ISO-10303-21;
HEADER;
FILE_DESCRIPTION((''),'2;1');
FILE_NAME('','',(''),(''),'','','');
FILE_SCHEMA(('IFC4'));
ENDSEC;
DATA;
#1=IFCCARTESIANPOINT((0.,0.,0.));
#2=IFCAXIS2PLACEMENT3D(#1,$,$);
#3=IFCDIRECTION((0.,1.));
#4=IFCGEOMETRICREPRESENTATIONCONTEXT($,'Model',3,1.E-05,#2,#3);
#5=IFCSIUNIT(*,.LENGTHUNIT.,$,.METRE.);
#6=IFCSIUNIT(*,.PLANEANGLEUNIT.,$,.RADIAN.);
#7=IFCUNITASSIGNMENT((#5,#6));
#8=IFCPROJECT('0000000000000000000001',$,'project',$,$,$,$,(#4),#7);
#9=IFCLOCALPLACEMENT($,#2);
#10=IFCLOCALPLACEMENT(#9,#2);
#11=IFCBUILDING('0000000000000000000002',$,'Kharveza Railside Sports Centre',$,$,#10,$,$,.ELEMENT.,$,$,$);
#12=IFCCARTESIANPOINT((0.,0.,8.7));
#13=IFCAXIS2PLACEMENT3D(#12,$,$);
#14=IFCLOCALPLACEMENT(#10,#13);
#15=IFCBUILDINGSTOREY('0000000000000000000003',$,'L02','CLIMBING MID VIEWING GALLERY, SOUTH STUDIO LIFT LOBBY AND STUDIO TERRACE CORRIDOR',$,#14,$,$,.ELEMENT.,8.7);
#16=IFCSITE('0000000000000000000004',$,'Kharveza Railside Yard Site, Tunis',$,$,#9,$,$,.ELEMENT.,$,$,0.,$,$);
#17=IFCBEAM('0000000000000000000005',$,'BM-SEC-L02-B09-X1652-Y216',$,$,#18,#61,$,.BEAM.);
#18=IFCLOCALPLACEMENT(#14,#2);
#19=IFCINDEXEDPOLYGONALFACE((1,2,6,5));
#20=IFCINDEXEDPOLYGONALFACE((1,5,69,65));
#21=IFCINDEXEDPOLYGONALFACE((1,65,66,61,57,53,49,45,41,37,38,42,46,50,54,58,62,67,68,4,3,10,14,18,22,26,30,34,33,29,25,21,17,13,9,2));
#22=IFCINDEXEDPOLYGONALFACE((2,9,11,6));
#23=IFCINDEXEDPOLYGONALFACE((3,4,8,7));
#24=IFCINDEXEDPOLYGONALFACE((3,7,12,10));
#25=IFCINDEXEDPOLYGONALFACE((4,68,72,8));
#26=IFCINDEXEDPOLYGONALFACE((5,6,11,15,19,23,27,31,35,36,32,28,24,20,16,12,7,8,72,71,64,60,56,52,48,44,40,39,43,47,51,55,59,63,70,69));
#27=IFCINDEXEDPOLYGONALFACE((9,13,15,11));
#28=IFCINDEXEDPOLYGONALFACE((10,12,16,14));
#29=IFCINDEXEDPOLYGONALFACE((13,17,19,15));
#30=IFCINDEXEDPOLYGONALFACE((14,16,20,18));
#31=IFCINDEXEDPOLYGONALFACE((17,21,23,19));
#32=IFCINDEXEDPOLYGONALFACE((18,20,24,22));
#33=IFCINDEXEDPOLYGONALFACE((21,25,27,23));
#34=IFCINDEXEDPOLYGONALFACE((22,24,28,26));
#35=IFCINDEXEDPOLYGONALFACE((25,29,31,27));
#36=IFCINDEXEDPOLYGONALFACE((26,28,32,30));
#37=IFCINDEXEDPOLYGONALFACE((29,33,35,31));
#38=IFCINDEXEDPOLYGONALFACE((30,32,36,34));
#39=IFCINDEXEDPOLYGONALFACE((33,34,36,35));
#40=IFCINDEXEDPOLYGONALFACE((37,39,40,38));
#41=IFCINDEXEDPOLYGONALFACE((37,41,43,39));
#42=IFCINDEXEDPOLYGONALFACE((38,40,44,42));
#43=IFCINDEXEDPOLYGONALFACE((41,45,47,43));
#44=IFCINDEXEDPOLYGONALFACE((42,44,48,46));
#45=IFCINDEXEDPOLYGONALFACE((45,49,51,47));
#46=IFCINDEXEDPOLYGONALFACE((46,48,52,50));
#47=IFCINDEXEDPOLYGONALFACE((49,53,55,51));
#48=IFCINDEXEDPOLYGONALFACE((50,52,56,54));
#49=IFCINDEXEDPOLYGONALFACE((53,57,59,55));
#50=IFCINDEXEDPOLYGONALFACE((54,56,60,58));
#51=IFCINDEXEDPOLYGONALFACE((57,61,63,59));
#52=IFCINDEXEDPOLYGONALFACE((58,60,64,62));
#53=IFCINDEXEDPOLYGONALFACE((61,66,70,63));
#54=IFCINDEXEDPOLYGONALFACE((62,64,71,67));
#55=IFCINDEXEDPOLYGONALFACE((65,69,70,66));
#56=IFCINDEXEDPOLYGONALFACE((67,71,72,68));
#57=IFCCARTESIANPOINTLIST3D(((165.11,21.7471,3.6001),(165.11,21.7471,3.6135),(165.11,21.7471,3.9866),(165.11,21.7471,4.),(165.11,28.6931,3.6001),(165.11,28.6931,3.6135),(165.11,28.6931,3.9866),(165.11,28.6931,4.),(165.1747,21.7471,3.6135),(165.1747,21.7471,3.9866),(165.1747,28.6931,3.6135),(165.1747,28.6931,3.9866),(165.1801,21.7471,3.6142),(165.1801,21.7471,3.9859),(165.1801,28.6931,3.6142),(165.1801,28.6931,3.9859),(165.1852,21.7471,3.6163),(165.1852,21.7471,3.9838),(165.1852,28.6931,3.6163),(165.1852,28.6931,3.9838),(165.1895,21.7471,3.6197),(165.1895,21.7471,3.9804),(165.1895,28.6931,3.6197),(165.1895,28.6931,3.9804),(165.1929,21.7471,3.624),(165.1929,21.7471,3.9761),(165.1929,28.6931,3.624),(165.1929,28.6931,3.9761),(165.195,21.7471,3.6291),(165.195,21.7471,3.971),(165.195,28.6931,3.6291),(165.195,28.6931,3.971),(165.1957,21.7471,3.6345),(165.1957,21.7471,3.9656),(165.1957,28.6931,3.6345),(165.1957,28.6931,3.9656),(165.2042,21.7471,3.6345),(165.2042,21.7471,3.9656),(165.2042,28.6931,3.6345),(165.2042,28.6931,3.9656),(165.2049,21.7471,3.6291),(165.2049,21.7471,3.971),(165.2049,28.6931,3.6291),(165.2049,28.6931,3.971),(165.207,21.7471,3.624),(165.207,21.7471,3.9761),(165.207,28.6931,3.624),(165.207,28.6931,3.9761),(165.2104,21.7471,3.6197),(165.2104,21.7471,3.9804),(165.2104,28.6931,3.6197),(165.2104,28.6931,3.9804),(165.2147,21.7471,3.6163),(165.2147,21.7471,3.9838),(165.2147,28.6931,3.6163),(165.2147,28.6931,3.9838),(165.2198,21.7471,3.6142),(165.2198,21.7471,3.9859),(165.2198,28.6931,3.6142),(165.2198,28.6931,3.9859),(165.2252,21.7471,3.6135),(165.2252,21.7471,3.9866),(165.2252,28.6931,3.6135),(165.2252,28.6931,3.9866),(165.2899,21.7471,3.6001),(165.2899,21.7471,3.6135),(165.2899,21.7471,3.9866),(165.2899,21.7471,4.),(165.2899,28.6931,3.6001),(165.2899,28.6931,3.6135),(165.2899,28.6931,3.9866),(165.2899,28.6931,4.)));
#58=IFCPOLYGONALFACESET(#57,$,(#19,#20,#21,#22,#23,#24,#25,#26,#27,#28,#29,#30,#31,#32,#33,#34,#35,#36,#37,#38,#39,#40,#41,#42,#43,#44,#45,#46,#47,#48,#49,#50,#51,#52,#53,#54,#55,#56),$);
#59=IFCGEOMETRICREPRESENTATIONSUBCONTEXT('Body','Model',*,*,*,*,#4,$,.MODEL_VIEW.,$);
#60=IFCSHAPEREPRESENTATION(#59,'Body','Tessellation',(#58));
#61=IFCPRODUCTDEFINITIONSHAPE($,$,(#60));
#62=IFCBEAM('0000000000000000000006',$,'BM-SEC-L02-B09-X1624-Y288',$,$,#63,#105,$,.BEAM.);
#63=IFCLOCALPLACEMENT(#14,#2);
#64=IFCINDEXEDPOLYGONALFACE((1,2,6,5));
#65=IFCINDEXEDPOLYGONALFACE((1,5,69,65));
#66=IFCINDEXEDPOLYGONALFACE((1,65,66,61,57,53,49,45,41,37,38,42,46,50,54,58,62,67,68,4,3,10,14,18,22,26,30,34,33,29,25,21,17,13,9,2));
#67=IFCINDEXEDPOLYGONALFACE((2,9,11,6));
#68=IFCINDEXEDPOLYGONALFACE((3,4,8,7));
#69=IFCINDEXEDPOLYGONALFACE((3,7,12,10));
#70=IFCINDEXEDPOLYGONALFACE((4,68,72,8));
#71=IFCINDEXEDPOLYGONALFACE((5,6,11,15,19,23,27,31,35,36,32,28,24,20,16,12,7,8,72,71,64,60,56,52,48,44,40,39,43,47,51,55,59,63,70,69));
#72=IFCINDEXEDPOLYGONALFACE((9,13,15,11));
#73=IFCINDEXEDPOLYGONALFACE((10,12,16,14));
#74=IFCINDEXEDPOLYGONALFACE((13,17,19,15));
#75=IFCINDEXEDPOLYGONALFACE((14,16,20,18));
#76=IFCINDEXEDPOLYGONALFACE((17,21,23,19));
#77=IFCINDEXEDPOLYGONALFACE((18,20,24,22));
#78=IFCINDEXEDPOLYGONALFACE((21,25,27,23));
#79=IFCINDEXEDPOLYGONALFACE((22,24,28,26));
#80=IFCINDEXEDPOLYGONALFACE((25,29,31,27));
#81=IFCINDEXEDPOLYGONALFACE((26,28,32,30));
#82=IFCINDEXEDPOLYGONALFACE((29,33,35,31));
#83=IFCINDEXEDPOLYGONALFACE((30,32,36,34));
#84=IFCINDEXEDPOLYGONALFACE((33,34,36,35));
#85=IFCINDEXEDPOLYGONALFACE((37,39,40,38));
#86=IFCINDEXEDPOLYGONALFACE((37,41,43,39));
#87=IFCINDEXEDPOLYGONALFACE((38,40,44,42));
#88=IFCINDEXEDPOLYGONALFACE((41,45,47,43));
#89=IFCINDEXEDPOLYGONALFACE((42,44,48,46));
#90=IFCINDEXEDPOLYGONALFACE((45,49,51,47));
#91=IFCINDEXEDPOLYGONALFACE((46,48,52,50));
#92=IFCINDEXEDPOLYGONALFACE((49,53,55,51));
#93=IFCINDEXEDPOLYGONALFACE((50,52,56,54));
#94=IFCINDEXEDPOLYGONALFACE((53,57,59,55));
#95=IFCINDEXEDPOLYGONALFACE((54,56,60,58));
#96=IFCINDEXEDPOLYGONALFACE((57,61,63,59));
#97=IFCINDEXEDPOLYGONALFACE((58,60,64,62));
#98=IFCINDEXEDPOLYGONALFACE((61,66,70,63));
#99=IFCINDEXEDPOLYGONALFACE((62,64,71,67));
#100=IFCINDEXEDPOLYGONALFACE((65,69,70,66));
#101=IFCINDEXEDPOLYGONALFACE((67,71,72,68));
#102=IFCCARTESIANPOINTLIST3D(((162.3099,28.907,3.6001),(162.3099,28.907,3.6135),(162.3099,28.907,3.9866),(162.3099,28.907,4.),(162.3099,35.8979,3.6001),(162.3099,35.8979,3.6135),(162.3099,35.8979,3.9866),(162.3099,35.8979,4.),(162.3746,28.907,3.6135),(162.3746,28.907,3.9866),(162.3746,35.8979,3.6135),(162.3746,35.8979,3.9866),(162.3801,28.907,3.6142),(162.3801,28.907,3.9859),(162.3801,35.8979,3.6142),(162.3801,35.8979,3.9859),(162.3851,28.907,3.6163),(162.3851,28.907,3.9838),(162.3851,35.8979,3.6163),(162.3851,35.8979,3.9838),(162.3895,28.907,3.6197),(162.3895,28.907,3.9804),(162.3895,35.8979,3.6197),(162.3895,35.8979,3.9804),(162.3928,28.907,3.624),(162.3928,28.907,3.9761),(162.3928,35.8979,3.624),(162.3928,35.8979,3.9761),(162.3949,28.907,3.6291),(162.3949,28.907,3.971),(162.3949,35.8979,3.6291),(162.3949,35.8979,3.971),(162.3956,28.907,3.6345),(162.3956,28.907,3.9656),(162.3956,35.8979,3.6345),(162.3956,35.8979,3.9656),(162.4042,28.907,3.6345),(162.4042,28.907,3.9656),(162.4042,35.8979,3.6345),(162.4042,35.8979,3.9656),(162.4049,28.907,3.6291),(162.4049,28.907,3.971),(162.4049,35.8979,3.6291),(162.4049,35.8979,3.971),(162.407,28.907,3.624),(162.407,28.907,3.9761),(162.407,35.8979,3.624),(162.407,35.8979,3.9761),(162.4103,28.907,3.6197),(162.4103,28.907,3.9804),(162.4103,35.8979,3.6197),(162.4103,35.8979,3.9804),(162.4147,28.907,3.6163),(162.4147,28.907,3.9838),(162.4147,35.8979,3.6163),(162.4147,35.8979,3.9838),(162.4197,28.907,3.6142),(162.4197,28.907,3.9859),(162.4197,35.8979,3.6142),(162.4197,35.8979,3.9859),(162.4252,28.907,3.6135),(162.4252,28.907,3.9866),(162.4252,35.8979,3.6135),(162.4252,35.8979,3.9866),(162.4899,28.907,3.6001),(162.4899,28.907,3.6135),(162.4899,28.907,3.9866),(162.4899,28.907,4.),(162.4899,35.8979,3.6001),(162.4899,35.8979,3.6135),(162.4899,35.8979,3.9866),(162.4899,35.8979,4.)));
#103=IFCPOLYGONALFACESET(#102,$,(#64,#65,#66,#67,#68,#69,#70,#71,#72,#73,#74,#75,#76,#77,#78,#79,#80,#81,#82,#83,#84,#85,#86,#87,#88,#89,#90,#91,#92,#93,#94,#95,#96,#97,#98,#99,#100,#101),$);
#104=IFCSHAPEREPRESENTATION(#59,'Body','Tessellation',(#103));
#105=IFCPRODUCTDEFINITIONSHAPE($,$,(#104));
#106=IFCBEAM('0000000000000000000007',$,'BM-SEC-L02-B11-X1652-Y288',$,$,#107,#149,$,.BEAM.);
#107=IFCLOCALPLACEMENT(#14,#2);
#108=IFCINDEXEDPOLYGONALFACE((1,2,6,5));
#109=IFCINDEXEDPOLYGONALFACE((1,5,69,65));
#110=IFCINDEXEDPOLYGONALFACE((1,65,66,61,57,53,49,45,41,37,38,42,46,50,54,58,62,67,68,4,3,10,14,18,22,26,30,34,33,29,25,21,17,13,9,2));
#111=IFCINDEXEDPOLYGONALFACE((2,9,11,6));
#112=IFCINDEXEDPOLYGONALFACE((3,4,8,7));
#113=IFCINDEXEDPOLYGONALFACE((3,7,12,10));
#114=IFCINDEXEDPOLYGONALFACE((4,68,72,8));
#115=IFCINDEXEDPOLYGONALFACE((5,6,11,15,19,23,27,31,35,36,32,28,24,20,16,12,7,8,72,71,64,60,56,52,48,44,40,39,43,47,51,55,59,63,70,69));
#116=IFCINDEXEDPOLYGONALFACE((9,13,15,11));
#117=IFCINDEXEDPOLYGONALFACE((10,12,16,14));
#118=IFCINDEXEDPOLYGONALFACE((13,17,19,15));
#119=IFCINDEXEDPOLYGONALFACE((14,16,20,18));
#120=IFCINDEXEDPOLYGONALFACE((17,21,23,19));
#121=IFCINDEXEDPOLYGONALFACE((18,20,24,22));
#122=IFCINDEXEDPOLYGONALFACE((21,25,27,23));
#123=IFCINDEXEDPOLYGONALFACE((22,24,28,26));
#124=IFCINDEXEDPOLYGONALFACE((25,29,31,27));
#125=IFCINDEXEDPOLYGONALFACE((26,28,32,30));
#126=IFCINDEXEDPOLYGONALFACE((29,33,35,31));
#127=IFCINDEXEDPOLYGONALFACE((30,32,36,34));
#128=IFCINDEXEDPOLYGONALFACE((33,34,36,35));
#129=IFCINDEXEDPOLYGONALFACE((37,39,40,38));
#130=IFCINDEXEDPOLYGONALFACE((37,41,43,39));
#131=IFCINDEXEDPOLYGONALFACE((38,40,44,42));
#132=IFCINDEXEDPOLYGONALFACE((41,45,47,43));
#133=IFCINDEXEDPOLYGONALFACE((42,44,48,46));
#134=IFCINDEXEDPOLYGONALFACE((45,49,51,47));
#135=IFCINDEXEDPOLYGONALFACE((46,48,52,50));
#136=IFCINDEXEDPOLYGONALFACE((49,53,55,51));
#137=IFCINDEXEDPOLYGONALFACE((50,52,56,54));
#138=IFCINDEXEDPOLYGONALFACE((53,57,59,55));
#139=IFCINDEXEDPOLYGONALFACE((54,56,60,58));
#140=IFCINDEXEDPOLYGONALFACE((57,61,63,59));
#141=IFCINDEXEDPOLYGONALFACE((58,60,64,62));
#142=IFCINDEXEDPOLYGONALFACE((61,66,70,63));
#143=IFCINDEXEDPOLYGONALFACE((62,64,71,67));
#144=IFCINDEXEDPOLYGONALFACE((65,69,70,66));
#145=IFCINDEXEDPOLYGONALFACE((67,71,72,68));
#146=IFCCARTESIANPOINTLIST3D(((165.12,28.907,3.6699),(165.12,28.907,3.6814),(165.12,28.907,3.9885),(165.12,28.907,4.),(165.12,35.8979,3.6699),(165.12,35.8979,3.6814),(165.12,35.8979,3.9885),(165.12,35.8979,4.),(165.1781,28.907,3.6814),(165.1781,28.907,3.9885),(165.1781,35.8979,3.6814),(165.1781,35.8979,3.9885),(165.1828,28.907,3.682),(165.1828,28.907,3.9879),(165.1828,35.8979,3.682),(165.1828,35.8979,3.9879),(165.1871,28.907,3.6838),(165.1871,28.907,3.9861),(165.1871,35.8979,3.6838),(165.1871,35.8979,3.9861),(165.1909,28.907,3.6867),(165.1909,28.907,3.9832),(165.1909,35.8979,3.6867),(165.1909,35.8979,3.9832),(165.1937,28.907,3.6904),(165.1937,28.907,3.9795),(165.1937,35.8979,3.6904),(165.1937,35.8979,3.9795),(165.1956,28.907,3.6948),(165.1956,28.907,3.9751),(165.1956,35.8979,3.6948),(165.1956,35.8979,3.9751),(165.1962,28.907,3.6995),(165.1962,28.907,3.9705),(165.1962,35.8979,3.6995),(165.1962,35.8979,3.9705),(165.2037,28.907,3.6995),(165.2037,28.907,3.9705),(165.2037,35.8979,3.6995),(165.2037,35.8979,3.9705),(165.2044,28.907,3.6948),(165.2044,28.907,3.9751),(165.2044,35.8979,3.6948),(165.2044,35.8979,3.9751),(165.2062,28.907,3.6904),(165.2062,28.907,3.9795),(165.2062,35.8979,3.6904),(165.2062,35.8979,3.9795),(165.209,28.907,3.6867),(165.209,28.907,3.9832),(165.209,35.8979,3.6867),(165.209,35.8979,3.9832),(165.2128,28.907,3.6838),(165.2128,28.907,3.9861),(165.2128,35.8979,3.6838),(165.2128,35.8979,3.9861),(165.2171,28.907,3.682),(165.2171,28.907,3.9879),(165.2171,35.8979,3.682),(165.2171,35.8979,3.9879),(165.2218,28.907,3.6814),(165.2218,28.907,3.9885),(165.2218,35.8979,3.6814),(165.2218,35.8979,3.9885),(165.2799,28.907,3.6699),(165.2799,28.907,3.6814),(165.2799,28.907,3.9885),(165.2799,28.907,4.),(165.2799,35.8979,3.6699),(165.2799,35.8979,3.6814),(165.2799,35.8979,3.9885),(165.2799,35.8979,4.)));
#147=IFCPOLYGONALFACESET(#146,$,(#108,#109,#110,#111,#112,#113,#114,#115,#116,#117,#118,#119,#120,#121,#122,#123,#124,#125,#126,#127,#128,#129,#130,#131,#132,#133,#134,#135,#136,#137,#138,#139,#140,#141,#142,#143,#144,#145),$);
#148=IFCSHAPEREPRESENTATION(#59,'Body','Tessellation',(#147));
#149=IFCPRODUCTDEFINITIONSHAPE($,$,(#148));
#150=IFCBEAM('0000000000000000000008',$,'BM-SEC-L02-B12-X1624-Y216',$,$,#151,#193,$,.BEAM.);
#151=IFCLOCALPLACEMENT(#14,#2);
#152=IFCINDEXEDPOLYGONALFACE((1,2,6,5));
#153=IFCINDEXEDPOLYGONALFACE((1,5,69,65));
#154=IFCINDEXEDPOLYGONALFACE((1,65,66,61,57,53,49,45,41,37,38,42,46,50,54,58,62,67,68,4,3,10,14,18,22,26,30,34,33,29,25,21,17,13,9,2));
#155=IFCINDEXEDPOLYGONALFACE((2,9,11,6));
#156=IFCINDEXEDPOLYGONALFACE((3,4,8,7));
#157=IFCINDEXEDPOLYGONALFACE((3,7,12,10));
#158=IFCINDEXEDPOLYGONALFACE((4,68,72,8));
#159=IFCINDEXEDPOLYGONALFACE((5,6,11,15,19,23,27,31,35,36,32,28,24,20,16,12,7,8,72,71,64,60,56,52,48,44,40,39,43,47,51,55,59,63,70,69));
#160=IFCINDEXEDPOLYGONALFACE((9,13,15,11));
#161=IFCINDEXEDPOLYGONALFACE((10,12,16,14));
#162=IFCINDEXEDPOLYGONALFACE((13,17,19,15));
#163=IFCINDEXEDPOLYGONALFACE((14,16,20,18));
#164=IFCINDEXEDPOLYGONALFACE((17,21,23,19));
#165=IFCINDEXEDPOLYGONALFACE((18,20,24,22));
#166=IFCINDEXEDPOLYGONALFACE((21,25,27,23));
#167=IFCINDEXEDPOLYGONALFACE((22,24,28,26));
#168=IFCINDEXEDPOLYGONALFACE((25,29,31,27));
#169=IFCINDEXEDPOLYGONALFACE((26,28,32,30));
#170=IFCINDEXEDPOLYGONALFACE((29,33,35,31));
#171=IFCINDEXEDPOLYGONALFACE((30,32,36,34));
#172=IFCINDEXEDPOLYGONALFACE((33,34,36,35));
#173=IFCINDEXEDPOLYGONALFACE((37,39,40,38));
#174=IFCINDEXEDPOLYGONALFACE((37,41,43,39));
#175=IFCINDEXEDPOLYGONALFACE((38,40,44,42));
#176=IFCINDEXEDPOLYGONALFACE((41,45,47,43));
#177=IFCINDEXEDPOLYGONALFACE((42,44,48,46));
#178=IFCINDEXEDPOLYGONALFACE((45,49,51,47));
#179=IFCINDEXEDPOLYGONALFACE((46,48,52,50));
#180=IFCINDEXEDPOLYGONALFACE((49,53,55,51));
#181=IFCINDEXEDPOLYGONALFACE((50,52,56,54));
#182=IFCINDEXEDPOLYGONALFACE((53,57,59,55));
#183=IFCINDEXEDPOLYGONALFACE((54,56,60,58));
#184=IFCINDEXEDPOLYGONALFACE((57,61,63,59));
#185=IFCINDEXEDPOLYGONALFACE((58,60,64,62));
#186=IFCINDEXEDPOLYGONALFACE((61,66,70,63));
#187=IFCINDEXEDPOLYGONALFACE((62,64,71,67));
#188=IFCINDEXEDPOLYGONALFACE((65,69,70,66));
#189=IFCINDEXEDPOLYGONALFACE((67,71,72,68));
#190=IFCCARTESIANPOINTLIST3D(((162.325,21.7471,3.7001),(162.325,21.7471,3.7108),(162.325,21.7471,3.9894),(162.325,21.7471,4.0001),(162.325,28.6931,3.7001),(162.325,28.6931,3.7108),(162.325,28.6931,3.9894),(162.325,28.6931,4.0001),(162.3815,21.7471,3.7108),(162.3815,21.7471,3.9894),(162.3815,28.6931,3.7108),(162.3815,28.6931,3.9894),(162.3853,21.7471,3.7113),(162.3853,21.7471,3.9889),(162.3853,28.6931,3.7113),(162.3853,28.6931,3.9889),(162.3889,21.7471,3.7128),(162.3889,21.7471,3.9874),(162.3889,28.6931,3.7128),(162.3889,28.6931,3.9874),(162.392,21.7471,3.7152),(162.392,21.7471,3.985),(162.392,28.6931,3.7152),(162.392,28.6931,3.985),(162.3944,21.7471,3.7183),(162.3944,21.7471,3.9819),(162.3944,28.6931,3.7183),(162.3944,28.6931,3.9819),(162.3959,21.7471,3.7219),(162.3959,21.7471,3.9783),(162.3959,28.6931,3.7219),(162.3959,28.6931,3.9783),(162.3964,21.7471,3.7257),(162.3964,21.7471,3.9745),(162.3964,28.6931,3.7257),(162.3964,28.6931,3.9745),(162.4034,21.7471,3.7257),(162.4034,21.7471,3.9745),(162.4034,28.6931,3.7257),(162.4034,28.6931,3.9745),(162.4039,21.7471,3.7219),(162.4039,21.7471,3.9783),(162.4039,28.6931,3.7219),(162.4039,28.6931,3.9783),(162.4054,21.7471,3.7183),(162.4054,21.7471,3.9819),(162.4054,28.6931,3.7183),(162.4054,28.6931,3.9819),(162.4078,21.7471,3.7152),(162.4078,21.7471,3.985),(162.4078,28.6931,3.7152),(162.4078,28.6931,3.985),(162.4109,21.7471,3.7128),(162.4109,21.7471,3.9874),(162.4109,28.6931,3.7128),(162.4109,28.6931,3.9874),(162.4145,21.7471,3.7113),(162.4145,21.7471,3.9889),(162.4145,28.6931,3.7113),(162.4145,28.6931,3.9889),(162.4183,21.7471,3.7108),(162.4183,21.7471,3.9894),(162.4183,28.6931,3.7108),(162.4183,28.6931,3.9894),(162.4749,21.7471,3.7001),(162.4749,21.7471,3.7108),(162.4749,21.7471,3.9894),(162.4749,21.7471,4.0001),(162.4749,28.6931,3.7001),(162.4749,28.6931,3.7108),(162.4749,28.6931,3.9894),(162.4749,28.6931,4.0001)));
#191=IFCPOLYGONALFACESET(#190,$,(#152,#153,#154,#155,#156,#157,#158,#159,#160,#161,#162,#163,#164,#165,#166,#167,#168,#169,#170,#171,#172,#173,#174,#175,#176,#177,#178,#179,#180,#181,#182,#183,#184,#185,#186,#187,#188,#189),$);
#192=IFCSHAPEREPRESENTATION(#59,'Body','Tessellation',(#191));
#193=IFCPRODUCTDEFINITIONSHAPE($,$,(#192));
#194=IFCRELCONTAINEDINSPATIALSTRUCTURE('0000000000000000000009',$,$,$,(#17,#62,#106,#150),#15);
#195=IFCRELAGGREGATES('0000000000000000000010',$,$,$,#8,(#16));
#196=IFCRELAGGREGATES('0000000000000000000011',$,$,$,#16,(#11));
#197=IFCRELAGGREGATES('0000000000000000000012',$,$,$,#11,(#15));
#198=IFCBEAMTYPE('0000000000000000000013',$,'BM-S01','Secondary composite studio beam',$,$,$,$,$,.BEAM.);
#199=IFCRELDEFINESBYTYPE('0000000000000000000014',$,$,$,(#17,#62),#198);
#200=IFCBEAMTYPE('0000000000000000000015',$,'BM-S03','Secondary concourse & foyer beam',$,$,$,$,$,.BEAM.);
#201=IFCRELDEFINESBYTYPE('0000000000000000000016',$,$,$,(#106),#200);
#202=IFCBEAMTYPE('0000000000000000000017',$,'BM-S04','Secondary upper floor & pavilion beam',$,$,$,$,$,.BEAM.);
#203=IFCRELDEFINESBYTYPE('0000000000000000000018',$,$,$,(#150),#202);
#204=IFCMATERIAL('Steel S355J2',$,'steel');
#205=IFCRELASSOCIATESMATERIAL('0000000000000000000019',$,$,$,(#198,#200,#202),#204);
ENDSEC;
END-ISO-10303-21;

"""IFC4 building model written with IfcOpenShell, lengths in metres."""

from ifc_helpers import new_model, si_unit, direction, frame, origin, origin_2d, place, context, subcontext, project, spatial, i_section, extrude, material, material_profile, profile_set, type_object, element, save


model = new_model("IFC4")

# Units and contexts
model_context = context("Model", 3, precision=1e-05, world=origin(), true_north=direction((0.0, 1.0)))
body_context = subcontext(model_context, "Body", "Model", "MODEL_VIEW")
ifc_project = project(units=[si_unit("LENGTHUNIT", "METRE"), si_unit("PLANEANGLEUNIT", "RADIAN")], contexts=[model_context])

# Site, building, storey
site_placement = place(None, origin())
site = spatial("IfcSite", under=ifc_project, at=site_placement, Name="Kharveza Railside Yard Site, Tunis", CompositionType="ELEMENT", RefElevation=0.0)
building_placement = place(site_placement, origin())
building = spatial("IfcBuilding", under=site, at=building_placement, Name="Kharveza Railside Sports Centre", CompositionType="ELEMENT")
storey_placement = place(building_placement, frame((0.0, 0.0, 8.7)))
storey = spatial("IfcBuildingStorey", under=building, at=storey_placement, Name="L02", Description="CLIMBING MID VIEWING GALLERY, SOUTH STUDIO LIFT LOBBY AND STUDIO TERRACE CORRIDOR", CompositionType="ELEMENT", Elevation=8.7)

# Shared definitions
ifc_material_1 = material(Name="Steel S355J2", Category="steel")

# Beams
ifc_material_profile_1 = material_profile(ifc_material_1, i_section(OverallWidth=0.1799, OverallDepth=0.3999, WebThickness=0.0085, FlangeThickness=0.0134, FilletRadius=0.021, at=origin_2d()), Name="IPE 400")
ifc_profile_set_1 = profile_set([ifc_material_profile_1], Name="Steel S355J2")
beam_type_1 = type_object("IfcBeamType", Name="BM-S01", Description="Secondary composite studio beam", PredefinedType="BEAM", material=ifc_profile_set_1)
beam_1_placement = place(storey_placement, frame((165.2, 21.7471, 3.8), z_axis=(0.0, 1.0, 0.0), x_axis=(-1.0, 0.0, 0.0)))
element("IfcBeam", 1, at=beam_1_placement, inside=storey, type_object=beam_type_1, Name="BM-SEC-L02-B09-X1652-Y216", PredefinedType="BEAM", context=body_context, shape_type="SweptSolid", body=[
    extrude(i_section(OverallWidth=0.1799, OverallDepth=0.3999, WebThickness=0.0085, FlangeThickness=0.0134, FilletRadius=0.021, at=origin_2d()), origin(), (0.0, 0.0, 1.0), 6.946),
])
beam_2_placement = place(storey_placement, frame((162.3999, 28.907, 3.8), z_axis=(0.0, 1.0, 0.0), x_axis=(-1.0, 0.0, 0.0)))
element("IfcBeam", 2, at=beam_2_placement, inside=storey, type_object=beam_type_1, Name="BM-SEC-L02-B09-X1624-Y288", PredefinedType="BEAM", context=body_context, shape_type="SweptSolid", body=[
    extrude(i_section(OverallWidth=0.1799, OverallDepth=0.3999, WebThickness=0.0085, FlangeThickness=0.0134, FilletRadius=0.021, at=origin_2d()), origin(), (0.0, 0.0, 1.0), 6.991),
])
ifc_material_profile_2 = material_profile(ifc_material_1, i_section(OverallWidth=0.1599, OverallDepth=0.3301, WebThickness=0.0076, FlangeThickness=0.0115, FilletRadius=0.0181, at=origin_2d()), Name="IPE 330")
ifc_profile_set_2 = profile_set([ifc_material_profile_2], Name="Steel S355J2")
beam_type_2 = type_object("IfcBeamType", Name="BM-S03", Description="Secondary concourse & foyer beam", PredefinedType="BEAM", material=ifc_profile_set_2)
beam_3_placement = place(storey_placement, frame((165.2, 28.907, 3.835), z_axis=(0.0, 1.0, 0.0), x_axis=(-1.0, 0.0, 0.0)))
element("IfcBeam", 3, at=beam_3_placement, inside=storey, type_object=beam_type_2, Name="BM-SEC-L02-B11-X1652-Y288", PredefinedType="BEAM", context=body_context, shape_type="SweptSolid", body=[
    extrude(i_section(OverallWidth=0.1599, OverallDepth=0.3301, WebThickness=0.0076, FlangeThickness=0.0115, FilletRadius=0.0181, at=origin_2d()), origin(), (0.0, 0.0, 1.0), 6.991),
])
ifc_material_profile_3 = material_profile(ifc_material_1, i_section(OverallWidth=0.1499, OverallDepth=0.3, WebThickness=0.0071, FlangeThickness=0.0107, FilletRadius=0.0149, at=origin_2d()), Name="IPE 300")
ifc_profile_set_3 = profile_set([ifc_material_profile_3], Name="Steel S355J2")
beam_type_3 = type_object("IfcBeamType", Name="BM-S04", Description="Secondary upper floor & pavilion beam", PredefinedType="BEAM", material=ifc_profile_set_3)
beam_4_placement = place(storey_placement, frame((162.3999, 21.7471, 3.8501), z_axis=(0.0, 1.0, 0.0), x_axis=(-1.0, 0.0, 0.0)))
element("IfcBeam", 4, at=beam_4_placement, inside=storey, type_object=beam_type_3, Name="BM-SEC-L02-B12-X1624-Y216", PredefinedType="BEAM", context=body_context, shape_type="SweptSolid", body=[
    extrude(i_section(OverallWidth=0.1499, OverallDepth=0.3, WebThickness=0.0071, FlangeThickness=0.0107, FilletRadius=0.0149, at=origin_2d()), origin(), (0.0, 0.0, 1.0), 6.946),
])

save(model, "model.ifc")
